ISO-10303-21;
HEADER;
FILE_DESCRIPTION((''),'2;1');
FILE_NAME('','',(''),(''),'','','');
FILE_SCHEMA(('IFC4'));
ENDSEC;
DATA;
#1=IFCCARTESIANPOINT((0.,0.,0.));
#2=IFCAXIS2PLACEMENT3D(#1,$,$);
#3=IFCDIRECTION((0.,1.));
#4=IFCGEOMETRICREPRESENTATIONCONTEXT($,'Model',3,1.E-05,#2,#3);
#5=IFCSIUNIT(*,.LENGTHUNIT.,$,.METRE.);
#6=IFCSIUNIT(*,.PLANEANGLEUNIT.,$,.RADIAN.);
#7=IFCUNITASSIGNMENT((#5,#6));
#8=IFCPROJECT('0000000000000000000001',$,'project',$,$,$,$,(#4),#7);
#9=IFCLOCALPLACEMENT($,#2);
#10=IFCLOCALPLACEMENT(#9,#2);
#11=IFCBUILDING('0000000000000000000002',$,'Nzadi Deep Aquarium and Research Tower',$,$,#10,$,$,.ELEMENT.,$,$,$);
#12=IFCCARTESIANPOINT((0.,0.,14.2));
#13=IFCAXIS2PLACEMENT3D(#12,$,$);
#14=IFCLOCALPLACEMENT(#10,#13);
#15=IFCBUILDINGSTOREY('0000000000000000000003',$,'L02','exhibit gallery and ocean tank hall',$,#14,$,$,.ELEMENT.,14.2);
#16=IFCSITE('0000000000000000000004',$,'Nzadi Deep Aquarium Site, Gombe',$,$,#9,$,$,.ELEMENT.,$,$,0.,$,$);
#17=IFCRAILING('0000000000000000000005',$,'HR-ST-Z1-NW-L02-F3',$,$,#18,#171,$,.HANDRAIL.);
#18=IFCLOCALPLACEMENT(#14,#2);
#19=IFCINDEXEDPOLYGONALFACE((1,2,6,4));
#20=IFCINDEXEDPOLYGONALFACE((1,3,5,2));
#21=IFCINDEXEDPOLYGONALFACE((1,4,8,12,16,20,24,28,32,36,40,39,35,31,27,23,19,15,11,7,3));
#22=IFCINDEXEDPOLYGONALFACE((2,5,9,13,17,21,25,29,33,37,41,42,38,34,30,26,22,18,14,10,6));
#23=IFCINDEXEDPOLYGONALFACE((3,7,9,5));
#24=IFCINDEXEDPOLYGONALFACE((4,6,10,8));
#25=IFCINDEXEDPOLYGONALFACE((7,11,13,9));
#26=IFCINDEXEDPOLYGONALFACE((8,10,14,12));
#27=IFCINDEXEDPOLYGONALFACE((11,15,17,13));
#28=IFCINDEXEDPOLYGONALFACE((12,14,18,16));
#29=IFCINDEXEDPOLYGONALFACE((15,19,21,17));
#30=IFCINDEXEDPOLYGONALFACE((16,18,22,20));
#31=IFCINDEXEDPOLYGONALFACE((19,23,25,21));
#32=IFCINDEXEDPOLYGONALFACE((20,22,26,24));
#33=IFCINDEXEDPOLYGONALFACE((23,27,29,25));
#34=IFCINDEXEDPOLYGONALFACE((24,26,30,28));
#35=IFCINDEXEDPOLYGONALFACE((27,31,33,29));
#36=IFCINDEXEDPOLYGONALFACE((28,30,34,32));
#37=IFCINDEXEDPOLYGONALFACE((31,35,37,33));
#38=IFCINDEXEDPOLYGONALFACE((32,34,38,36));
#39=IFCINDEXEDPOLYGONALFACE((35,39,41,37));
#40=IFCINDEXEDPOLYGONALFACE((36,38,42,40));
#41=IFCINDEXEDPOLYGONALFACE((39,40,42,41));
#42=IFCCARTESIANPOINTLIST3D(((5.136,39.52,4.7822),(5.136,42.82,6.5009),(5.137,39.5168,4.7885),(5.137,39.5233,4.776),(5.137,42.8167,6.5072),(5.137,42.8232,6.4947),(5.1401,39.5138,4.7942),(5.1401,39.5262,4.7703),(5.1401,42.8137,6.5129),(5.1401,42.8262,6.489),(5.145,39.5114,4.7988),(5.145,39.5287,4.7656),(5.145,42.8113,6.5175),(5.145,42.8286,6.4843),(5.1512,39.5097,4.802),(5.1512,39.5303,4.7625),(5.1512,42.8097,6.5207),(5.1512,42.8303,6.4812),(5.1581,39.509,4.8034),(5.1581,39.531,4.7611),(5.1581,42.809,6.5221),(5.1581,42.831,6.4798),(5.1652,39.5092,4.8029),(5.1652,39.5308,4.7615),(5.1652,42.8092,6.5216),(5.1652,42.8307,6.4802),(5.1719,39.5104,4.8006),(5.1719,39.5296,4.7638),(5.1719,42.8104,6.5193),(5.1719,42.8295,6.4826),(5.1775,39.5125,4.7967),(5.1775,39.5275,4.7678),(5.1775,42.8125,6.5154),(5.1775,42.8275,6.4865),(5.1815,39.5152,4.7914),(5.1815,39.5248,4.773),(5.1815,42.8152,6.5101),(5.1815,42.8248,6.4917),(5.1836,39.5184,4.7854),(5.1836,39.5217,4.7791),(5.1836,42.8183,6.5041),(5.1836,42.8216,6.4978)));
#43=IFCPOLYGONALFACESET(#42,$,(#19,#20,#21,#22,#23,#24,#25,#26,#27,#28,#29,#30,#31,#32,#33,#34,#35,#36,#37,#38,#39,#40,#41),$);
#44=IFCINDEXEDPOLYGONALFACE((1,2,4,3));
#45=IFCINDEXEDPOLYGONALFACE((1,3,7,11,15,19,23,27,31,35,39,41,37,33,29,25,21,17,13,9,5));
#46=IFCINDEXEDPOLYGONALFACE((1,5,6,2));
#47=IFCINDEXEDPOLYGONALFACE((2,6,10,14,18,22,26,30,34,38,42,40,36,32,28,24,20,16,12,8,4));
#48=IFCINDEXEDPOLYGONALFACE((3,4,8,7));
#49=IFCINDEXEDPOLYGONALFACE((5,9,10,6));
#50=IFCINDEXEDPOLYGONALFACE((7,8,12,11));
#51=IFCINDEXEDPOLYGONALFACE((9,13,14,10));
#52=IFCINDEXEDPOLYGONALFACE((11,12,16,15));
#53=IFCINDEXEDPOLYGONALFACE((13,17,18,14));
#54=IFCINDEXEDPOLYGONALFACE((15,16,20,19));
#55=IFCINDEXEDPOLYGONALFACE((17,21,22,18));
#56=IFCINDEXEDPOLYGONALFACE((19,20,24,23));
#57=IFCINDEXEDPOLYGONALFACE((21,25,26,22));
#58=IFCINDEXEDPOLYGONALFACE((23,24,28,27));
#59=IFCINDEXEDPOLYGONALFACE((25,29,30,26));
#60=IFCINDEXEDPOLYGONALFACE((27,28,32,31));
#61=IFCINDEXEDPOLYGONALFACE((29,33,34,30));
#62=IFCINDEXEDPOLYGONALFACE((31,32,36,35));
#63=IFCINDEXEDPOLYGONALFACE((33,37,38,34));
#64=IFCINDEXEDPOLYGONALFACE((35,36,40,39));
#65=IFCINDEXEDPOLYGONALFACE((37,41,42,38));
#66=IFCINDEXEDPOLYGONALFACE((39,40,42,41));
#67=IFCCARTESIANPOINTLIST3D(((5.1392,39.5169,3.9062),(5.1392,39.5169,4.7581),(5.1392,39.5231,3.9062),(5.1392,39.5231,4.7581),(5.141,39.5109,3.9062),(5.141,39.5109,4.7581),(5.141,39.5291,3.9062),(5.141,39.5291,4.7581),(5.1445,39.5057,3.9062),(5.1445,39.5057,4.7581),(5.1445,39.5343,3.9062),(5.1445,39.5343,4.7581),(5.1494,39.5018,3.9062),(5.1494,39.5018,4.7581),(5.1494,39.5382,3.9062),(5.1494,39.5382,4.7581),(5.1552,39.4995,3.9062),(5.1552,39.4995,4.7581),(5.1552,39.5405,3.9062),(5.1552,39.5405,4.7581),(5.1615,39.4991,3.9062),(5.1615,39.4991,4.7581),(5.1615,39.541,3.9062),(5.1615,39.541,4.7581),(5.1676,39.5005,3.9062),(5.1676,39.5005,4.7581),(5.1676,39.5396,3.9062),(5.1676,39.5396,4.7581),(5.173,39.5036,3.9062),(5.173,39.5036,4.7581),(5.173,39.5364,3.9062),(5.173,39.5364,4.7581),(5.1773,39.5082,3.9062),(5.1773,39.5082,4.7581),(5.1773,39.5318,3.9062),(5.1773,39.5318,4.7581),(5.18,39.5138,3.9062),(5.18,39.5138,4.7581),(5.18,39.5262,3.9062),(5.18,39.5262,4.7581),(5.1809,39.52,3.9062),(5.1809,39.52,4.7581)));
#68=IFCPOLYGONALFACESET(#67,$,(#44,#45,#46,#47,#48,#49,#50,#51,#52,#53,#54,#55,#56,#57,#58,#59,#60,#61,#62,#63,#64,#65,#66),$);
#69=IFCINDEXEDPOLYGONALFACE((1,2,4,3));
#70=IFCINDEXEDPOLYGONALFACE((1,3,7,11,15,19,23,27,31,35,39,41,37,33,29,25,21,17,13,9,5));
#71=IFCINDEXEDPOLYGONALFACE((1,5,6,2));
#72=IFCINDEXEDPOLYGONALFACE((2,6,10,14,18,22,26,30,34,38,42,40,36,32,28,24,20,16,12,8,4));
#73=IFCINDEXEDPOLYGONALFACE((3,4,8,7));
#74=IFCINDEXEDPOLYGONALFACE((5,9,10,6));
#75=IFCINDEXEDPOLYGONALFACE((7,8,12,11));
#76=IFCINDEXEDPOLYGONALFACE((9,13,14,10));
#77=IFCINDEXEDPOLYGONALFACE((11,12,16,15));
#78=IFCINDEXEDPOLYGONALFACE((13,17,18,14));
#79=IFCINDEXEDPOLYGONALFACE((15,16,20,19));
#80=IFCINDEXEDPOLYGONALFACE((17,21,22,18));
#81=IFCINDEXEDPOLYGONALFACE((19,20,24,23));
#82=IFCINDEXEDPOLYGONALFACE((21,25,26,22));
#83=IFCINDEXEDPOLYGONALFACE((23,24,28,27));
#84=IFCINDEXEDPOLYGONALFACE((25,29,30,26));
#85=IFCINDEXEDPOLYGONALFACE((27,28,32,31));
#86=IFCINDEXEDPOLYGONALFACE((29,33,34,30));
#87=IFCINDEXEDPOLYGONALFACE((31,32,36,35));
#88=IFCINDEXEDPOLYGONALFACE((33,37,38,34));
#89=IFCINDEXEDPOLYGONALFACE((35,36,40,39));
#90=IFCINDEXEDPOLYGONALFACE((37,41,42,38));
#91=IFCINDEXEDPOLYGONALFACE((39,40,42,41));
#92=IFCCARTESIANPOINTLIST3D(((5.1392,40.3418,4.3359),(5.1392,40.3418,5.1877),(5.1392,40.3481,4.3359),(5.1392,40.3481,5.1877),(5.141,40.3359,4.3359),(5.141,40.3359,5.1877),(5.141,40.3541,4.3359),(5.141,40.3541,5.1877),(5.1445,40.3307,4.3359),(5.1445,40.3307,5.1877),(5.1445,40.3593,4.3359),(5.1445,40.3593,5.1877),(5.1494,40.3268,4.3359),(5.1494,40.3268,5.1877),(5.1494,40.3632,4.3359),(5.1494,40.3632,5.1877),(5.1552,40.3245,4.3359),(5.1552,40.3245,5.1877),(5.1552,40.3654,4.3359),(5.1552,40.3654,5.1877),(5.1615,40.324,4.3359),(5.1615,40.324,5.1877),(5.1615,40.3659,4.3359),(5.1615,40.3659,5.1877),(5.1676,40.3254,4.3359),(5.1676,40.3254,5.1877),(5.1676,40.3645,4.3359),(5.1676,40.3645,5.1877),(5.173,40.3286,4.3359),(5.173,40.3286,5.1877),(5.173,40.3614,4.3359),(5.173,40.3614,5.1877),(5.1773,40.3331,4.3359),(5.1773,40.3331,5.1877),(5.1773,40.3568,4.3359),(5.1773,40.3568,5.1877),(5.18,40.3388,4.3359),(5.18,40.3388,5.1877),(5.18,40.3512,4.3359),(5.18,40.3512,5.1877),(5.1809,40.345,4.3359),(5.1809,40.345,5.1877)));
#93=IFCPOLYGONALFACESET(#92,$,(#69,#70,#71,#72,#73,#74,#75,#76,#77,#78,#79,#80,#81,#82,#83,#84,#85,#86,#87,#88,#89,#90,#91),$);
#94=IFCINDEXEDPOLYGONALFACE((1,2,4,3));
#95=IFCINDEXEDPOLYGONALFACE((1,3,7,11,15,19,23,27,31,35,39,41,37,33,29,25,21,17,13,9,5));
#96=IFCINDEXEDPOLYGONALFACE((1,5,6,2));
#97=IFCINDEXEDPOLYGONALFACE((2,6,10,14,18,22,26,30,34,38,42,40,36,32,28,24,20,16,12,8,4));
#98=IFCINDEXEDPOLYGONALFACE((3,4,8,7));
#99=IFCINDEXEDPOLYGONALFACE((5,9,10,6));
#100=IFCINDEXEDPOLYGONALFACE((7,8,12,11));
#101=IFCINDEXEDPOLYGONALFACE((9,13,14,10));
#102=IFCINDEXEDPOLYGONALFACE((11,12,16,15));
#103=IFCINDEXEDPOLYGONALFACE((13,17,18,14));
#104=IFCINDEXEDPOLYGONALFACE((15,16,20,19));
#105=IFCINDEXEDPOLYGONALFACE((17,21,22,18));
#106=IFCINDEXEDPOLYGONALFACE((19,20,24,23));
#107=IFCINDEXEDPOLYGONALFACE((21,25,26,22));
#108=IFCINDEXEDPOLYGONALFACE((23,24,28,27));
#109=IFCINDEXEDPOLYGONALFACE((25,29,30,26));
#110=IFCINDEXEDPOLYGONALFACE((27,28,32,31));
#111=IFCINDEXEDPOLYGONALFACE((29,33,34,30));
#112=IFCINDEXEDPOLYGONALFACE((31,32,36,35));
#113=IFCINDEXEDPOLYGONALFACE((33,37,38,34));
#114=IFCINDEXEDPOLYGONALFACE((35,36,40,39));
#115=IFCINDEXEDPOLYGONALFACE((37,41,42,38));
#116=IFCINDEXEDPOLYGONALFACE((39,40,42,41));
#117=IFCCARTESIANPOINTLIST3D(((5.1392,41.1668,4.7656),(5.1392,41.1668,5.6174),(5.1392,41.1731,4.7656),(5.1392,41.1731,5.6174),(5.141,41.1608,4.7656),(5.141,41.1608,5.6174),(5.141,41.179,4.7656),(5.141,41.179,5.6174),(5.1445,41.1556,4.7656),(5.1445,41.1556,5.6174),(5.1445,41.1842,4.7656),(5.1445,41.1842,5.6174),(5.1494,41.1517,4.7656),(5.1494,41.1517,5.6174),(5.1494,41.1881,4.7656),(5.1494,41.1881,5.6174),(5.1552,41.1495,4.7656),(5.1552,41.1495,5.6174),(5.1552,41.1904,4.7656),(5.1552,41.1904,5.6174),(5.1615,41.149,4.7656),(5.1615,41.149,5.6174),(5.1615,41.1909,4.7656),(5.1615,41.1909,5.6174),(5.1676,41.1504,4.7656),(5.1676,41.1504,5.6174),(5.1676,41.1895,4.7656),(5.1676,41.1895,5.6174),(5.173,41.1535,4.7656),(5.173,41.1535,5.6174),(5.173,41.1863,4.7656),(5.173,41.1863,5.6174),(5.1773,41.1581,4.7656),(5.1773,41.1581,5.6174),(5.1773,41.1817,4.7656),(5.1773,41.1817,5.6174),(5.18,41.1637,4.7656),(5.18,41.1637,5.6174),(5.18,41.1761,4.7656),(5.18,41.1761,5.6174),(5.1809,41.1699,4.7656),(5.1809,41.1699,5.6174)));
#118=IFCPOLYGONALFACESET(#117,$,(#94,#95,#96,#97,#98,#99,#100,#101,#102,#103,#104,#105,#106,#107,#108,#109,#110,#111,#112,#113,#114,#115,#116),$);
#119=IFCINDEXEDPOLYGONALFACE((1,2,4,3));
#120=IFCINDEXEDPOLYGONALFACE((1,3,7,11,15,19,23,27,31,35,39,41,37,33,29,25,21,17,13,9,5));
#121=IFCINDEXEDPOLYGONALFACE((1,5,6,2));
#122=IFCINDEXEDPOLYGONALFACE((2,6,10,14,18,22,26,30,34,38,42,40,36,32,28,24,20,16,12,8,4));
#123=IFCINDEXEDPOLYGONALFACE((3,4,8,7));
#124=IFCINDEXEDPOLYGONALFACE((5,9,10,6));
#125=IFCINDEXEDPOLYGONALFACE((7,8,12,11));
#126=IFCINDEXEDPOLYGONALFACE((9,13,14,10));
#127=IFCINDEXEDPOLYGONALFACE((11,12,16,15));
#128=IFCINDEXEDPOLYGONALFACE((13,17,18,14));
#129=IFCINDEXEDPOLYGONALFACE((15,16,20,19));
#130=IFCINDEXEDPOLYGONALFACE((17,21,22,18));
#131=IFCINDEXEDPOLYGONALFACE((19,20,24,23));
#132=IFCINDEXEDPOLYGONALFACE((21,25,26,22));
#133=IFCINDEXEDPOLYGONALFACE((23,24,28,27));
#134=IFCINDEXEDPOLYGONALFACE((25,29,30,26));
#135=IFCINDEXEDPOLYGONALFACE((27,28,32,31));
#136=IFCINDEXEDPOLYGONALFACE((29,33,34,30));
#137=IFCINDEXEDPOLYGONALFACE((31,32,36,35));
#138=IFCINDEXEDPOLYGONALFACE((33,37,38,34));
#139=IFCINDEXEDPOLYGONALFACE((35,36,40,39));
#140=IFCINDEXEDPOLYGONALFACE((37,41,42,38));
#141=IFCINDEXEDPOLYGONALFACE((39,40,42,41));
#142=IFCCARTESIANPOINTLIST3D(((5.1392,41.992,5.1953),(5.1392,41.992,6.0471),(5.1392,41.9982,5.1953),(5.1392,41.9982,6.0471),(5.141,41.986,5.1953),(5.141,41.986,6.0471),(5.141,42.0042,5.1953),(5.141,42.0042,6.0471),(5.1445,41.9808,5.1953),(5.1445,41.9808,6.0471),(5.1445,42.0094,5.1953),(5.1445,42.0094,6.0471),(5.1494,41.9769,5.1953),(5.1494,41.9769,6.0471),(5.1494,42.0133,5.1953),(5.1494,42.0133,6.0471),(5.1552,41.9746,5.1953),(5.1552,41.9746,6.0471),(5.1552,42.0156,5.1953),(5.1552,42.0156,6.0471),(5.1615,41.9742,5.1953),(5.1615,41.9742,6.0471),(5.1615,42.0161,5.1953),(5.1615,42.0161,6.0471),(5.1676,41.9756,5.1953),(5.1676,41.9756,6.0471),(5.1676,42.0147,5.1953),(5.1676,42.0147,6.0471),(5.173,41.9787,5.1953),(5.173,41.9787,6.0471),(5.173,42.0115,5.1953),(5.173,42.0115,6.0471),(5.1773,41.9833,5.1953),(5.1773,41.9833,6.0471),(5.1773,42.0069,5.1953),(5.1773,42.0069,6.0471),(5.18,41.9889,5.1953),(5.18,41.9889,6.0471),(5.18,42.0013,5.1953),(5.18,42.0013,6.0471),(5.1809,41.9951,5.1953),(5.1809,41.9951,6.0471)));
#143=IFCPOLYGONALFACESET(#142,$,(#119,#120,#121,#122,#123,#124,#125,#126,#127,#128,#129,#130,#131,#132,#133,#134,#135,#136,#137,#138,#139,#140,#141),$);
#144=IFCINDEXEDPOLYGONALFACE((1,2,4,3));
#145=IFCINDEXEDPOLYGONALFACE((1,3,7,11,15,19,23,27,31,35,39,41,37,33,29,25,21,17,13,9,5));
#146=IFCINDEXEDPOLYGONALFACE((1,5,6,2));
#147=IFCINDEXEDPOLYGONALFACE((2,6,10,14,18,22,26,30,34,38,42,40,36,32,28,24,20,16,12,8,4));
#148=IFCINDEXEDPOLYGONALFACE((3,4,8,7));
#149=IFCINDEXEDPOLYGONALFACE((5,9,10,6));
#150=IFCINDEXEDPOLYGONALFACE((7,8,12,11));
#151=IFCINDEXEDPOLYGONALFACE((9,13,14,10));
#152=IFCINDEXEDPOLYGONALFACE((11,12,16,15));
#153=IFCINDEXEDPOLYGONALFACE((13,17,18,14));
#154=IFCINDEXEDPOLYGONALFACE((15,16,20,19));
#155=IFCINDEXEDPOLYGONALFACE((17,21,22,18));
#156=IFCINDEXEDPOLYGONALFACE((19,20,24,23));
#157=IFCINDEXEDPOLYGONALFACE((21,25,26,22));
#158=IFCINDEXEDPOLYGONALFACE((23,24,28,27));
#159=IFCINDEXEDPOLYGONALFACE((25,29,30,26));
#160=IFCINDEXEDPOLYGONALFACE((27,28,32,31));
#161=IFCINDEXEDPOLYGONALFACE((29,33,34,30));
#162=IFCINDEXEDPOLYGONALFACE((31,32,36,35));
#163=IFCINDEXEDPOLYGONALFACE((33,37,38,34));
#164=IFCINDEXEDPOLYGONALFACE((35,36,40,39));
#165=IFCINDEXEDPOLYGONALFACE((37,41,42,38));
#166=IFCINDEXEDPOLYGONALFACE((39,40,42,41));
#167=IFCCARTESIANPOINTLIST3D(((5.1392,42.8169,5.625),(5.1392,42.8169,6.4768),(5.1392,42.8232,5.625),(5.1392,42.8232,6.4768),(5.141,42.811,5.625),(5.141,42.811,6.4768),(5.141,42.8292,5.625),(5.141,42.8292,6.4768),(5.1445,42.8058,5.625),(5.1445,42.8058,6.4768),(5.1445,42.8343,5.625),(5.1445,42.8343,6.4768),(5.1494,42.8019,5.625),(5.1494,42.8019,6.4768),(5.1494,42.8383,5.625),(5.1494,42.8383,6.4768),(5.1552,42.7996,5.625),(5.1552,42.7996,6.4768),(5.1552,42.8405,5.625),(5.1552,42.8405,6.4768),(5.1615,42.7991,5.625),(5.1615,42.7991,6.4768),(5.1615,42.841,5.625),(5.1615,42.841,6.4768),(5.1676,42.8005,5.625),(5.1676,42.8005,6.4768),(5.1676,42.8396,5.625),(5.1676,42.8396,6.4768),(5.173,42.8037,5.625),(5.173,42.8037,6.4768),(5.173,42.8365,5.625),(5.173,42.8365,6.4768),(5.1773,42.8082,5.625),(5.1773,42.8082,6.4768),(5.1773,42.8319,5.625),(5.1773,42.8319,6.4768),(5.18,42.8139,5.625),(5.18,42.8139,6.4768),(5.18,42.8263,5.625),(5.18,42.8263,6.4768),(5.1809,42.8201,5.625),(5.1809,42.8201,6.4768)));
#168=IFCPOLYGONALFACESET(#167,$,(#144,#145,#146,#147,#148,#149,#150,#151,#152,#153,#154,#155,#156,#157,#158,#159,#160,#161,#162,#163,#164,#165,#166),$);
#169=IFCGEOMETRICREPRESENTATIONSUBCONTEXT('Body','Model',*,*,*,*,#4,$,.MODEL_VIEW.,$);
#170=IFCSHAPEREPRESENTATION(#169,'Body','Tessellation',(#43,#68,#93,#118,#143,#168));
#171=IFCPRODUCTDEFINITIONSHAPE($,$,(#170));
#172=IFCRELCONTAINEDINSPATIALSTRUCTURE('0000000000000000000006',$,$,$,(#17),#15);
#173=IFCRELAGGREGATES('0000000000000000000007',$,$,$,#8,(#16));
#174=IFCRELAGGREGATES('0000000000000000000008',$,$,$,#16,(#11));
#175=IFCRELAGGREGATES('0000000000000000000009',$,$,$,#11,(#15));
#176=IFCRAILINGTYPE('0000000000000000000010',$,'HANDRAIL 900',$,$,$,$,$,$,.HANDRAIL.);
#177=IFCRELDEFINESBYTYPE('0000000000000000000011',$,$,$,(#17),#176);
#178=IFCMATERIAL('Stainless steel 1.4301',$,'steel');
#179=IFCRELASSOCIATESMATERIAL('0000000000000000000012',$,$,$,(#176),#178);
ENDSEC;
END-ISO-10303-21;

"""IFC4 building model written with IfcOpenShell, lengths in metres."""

from ifc_helpers import new_model, si_unit, direction, frame, origin, origin_2d, place, context, subcontext, project, spatial, circle, extrude, material, type_object, element, save


model = new_model("IFC4")

# Units and contexts
model_context = context("Model", 3, precision=1e-05, world=origin(), true_north=direction((0.0, 1.0)))
body_context = subcontext(model_context, "Body", "Model", "MODEL_VIEW")
ifc_project = project(units=[si_unit("LENGTHUNIT", "METRE"), si_unit("PLANEANGLEUNIT", "RADIAN")], contexts=[model_context])

# Site, building, storey
site_placement = place(None, origin())
site = spatial("IfcSite", under=ifc_project, at=site_placement, Name="Nzadi Deep Aquarium Site, Gombe", CompositionType="ELEMENT", RefElevation=0.0)
building_placement = place(site_placement, origin())
building = spatial("IfcBuilding", under=site, at=building_placement, Name="Nzadi Deep Aquarium and Research Tower", CompositionType="ELEMENT")
storey_placement = place(building_placement, frame((0.0, 0.0, 14.2)))
storey = spatial("IfcBuildingStorey", under=building, at=storey_placement, Name="L02", Description="exhibit gallery and ocean tank hall", CompositionType="ELEMENT", Elevation=14.2)

# Railing
ifc_material_1 = material(Name="Stainless steel 1.4301", Category="steel")
railing_type = type_object("IfcRailingType", Name="HANDRAIL 900", PredefinedType="HANDRAIL", material=ifc_material_1)
for number, where, name in (
    (1, (5.1599, 39.52, 3.9062), "HR-ST-Z1-NW-L02-F3"),
):
    element("IfcRailing", number, at=place(storey_placement, frame(where)), inside=storey, type_object=railing_type, Name=name, PredefinedType="HANDRAIL", context=body_context, shape_type="SweptSolid", body=[
        extrude(circle(Radius=0.0239, at=origin_2d()), frame((0.0, 0.0, 0.876), z_axis=(0.0, 0.886917, 0.461929), x_axis=(-1.0, 0.0, 0.0)), (0.0, 0.0, 1.0), 3.7207),
        extrude(circle(Radius=0.021, at=origin_2d()), origin(), (0.0, 0.0, 1.0), 0.8518),
        extrude(circle(Radius=0.021, at=origin_2d()), frame((0.0, 0.825, 0.4297)), (0.0, 0.0, 1.0), 0.8518),
        extrude(circle(Radius=0.021, at=origin_2d()), frame((0.0, 1.6499, 0.8594)), (0.0, 0.0, 1.0), 0.8518),
        extrude(circle(Radius=0.021, at=origin_2d()), frame((0.0, 2.4751, 1.2891)), (0.0, 0.0, 1.0), 0.8518),
        extrude(circle(Radius=0.021, at=origin_2d()), frame((0.0, 3.3, 1.7188)), (0.0, 0.0, 1.0), 0.8518),
    ])

save(model, "model.ifc")
